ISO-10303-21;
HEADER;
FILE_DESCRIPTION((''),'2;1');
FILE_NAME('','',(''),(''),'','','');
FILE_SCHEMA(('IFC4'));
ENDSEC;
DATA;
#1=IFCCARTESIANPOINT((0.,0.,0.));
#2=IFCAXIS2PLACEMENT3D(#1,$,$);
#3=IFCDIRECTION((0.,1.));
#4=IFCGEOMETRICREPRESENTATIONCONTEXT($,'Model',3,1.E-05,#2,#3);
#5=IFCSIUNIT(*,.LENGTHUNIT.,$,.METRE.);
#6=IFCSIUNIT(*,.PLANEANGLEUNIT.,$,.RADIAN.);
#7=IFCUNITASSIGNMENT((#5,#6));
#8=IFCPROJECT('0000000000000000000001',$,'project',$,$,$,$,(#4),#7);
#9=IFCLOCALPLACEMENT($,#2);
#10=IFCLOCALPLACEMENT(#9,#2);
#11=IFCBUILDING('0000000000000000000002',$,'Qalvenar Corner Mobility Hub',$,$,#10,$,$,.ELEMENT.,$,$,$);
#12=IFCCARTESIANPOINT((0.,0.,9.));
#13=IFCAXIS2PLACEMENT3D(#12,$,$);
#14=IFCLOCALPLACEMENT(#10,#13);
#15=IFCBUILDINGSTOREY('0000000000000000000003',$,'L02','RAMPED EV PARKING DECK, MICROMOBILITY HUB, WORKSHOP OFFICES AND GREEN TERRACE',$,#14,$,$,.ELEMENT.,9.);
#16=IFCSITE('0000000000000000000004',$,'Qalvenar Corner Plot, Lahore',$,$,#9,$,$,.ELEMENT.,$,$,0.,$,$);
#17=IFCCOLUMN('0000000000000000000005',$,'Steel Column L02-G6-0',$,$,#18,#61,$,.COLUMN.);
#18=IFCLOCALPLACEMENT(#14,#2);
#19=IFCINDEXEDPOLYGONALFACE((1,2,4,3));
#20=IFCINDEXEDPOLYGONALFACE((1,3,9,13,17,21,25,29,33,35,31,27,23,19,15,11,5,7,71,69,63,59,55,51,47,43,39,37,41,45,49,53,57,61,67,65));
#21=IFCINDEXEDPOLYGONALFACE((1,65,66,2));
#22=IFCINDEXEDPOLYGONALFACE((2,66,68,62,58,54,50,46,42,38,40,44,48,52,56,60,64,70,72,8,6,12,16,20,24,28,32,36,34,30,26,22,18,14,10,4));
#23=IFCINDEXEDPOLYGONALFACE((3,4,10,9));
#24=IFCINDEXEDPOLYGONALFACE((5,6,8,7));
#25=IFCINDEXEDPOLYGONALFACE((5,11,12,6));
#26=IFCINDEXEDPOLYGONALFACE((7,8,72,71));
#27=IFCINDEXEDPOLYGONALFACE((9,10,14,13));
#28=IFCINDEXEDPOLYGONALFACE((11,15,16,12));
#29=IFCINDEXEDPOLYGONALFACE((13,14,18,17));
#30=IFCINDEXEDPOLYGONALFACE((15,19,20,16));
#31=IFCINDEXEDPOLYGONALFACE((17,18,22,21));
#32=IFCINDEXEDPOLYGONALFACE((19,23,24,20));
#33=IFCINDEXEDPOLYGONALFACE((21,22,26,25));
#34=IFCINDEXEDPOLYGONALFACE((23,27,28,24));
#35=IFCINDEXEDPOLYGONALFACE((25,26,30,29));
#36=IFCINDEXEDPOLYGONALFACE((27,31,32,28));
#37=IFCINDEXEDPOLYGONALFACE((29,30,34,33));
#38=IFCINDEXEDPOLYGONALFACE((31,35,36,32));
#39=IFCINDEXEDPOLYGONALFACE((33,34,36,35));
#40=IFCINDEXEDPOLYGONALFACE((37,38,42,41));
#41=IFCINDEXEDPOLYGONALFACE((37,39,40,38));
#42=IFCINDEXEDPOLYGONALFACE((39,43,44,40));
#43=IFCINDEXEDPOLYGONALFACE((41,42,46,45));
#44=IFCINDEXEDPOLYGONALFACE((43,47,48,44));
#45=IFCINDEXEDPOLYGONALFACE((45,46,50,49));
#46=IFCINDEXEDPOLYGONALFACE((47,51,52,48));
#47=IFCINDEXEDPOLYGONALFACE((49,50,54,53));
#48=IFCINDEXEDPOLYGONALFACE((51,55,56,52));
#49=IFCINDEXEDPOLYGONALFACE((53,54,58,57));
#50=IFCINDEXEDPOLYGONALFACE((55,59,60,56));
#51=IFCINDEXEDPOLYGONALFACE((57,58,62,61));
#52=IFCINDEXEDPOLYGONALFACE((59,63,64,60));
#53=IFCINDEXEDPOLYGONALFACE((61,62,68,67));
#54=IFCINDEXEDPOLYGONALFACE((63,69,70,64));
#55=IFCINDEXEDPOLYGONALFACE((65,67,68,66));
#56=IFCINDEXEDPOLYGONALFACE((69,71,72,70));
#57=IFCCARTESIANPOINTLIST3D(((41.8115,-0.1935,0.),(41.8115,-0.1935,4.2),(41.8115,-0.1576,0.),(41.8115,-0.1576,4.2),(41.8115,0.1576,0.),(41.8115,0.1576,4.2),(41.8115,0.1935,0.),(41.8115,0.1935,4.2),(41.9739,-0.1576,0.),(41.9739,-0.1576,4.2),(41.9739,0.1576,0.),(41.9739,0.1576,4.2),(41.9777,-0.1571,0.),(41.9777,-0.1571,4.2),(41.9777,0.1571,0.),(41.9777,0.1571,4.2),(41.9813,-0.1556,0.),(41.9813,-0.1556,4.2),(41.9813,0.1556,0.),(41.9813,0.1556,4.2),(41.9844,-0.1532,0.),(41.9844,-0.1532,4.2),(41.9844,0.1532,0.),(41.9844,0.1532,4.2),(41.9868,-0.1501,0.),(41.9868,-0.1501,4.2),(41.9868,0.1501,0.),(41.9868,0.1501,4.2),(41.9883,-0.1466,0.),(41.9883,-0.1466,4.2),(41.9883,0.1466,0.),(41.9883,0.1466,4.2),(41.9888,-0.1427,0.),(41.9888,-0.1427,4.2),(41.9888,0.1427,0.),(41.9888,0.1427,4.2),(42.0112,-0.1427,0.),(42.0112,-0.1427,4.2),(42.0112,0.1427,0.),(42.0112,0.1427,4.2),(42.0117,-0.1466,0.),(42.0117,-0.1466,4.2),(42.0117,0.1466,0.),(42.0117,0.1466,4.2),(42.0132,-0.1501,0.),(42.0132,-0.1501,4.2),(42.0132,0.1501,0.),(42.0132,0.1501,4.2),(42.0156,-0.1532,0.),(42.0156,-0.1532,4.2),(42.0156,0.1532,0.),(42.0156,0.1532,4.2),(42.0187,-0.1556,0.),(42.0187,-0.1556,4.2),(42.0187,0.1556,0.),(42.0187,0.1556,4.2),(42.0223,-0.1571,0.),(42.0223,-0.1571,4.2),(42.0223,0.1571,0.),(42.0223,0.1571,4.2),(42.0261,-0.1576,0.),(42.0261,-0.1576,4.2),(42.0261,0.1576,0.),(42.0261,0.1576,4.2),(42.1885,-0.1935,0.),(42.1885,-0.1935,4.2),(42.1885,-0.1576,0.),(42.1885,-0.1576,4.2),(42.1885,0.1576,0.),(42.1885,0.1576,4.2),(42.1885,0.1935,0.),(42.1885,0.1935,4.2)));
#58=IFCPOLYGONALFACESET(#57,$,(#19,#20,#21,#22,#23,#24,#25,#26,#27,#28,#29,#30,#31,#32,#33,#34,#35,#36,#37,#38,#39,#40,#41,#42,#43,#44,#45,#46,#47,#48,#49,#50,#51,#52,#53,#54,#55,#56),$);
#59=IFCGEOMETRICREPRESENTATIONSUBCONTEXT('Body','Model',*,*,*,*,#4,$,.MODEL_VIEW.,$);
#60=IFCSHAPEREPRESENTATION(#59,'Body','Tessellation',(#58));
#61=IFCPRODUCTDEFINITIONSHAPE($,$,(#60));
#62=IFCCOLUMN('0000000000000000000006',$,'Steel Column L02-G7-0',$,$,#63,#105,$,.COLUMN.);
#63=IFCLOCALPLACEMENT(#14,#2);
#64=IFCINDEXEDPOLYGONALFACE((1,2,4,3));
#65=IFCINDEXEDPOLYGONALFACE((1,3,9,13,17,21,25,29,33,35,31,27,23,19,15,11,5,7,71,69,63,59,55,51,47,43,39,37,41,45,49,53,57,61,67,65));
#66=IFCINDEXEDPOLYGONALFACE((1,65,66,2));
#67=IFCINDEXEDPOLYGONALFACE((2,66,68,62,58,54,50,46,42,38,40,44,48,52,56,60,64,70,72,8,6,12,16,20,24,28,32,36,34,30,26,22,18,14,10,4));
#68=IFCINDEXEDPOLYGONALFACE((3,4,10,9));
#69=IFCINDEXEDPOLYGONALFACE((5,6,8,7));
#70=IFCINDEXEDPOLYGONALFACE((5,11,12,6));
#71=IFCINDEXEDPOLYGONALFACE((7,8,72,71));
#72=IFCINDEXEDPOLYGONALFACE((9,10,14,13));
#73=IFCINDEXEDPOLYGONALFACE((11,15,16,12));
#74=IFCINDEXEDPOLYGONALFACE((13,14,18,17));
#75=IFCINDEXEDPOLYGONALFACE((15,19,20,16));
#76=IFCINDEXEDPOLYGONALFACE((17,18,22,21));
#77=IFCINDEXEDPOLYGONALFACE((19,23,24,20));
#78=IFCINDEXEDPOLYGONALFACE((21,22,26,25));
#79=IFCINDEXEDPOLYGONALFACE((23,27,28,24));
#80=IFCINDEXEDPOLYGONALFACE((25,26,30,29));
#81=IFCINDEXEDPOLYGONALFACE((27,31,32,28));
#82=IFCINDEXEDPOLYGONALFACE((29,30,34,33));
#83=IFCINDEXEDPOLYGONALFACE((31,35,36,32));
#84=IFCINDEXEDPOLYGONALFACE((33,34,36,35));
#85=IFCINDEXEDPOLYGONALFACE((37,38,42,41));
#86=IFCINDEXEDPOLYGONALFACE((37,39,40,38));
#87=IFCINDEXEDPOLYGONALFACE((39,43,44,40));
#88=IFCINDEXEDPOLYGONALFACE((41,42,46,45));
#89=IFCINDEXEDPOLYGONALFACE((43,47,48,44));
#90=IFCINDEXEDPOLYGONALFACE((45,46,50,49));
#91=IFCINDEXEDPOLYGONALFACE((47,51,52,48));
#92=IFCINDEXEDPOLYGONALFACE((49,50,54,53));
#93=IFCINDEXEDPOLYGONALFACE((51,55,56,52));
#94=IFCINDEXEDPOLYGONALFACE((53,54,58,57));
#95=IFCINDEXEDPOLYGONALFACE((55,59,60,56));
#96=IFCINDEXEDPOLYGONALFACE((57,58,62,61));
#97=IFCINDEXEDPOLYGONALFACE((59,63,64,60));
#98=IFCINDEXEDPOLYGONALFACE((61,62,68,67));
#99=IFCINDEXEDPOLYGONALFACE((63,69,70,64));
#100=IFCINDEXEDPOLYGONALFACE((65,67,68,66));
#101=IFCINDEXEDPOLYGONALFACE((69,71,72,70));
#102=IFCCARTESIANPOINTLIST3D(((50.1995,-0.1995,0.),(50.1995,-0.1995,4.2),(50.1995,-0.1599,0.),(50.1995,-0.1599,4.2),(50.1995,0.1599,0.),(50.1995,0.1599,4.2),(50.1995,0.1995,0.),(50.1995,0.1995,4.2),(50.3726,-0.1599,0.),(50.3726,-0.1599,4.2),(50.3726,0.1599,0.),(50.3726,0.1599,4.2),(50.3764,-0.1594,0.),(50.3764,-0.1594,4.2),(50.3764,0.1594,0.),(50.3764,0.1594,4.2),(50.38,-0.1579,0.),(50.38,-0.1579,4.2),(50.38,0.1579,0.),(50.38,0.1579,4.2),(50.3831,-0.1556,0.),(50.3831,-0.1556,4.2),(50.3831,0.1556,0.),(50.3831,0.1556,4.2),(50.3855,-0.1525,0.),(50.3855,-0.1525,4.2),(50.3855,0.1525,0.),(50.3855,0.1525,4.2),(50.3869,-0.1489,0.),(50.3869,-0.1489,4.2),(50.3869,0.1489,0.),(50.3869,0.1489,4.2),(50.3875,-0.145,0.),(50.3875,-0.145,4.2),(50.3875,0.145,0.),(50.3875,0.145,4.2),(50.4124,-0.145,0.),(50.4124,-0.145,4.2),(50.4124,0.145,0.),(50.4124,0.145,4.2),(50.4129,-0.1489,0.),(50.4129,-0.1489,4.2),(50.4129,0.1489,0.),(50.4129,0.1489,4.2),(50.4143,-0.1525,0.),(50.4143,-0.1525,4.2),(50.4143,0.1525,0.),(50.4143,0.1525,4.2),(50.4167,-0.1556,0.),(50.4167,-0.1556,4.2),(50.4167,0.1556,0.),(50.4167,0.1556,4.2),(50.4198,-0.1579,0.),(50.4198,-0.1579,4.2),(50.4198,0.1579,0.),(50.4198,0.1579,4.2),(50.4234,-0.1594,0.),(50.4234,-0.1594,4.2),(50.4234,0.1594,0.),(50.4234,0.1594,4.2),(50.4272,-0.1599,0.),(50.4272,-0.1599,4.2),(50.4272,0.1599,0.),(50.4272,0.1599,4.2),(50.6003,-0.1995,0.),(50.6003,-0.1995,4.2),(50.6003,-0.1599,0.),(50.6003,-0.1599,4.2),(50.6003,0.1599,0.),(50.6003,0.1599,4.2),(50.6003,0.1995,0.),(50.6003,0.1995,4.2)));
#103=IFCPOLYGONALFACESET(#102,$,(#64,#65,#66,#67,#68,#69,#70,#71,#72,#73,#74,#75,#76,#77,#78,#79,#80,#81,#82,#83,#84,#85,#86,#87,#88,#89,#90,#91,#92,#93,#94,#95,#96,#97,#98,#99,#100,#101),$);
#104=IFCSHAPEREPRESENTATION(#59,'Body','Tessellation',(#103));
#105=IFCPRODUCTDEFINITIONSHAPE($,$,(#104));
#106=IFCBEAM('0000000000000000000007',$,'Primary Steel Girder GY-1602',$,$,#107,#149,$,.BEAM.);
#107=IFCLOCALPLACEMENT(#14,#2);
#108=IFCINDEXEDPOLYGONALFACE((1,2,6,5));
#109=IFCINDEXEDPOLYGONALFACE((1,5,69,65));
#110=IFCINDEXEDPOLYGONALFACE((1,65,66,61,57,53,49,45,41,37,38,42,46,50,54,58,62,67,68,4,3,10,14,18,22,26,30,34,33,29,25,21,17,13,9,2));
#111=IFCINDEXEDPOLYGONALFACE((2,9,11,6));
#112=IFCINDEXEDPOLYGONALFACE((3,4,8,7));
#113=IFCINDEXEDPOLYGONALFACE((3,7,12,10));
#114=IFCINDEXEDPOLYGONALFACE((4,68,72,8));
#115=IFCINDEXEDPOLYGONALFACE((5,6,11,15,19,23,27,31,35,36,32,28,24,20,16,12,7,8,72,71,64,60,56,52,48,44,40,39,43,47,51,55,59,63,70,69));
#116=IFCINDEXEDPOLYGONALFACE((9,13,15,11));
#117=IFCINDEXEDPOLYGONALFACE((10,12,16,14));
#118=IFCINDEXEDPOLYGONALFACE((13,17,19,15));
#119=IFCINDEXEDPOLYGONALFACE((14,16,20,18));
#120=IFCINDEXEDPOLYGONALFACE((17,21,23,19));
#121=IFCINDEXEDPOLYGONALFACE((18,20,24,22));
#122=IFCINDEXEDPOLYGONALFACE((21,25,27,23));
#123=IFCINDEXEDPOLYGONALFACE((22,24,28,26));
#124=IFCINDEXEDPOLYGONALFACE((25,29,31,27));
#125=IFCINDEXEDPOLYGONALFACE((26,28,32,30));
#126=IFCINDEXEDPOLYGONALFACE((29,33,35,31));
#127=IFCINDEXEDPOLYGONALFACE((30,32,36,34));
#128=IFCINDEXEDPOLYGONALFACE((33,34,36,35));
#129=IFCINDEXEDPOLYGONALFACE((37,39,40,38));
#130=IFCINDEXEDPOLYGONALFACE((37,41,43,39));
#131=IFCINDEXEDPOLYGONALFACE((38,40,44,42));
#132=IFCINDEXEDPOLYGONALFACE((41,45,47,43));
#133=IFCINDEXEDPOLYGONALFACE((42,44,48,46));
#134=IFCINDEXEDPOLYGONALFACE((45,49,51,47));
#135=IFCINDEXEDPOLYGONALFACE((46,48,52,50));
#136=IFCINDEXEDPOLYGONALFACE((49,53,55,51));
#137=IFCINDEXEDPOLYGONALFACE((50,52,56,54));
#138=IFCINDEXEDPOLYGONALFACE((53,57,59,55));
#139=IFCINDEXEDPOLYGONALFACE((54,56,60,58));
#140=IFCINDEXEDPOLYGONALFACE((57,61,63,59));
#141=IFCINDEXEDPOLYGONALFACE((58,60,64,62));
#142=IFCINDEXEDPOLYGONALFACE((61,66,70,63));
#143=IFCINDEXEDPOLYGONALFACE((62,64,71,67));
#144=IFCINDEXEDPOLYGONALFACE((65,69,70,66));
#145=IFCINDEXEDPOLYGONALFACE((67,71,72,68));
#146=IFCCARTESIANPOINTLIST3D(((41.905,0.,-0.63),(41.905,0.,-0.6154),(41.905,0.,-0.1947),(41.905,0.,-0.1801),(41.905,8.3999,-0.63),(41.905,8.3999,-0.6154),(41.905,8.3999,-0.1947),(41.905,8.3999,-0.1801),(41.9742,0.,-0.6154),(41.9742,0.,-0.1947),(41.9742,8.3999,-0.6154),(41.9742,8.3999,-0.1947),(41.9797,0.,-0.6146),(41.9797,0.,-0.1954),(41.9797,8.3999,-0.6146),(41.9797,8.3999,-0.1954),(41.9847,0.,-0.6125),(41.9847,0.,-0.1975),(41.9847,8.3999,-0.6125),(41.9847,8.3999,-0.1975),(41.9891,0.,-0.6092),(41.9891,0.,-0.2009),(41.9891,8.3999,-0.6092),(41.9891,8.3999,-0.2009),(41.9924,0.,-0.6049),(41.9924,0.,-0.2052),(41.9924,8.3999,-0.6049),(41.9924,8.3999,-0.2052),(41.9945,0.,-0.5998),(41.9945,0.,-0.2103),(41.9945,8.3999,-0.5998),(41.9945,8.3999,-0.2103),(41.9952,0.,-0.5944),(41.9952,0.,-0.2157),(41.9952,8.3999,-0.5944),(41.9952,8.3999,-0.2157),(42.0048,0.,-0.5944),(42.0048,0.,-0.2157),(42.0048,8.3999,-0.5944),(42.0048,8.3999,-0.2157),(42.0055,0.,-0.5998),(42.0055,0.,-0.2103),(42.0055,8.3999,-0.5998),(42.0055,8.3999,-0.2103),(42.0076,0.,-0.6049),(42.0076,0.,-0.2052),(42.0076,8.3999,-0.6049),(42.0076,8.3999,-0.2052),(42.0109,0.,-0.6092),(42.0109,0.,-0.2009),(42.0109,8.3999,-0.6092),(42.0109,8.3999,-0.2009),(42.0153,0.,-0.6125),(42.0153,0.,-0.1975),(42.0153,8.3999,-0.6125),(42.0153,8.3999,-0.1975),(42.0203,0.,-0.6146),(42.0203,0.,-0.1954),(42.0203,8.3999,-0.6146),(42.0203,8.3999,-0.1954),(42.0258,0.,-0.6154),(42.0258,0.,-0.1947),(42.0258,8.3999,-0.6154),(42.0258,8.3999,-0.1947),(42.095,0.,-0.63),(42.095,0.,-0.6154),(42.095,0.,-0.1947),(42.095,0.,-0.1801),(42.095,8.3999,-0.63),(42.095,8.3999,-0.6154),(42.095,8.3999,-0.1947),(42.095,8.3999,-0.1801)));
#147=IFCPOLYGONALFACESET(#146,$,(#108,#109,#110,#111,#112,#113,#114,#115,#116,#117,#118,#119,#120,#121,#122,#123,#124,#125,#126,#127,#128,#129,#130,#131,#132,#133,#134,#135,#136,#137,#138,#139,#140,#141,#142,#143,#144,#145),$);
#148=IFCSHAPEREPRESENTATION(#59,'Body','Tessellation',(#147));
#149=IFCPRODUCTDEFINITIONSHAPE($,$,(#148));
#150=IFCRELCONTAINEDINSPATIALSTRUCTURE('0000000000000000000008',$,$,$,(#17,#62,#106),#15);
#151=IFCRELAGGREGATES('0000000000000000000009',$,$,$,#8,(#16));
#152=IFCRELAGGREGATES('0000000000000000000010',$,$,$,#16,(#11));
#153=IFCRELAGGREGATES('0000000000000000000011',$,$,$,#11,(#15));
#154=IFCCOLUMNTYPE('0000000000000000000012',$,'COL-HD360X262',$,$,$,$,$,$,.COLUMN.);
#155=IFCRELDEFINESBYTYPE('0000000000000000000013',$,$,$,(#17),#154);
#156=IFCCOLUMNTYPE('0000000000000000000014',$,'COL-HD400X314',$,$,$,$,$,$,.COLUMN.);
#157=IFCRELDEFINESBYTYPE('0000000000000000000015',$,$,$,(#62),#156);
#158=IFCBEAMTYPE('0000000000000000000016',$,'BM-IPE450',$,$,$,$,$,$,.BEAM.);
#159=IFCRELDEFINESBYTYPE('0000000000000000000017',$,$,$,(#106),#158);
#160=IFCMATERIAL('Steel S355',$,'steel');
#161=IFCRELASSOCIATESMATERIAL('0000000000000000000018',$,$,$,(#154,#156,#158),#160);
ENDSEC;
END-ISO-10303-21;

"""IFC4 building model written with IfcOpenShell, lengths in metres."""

from ifc_helpers import new_model, si_unit, direction, frame, origin, origin_2d, place, context, subcontext, project, spatial, i_section, extrude, material, material_profile, profile_set, type_object, element, save


model = new_model("IFC4")

# Units and contexts
model_context = context("Model", 3, precision=1e-05, world=origin(), true_north=direction((0.0, 1.0)))
body_context = subcontext(model_context, "Body", "Model", "MODEL_VIEW")
ifc_project = project(units=[si_unit("LENGTHUNIT", "METRE"), si_unit("PLANEANGLEUNIT", "RADIAN")], contexts=[model_context])

# Site, building, storey
site_placement = place(None, origin())
site = spatial("IfcSite", under=ifc_project, at=site_placement, Name="Qalvenar Corner Plot, Lahore", CompositionType="ELEMENT", RefElevation=0.0)
building_placement = place(site_placement, origin())
building = spatial("IfcBuilding", under=site, at=building_placement, Name="Qalvenar Corner Mobility Hub", CompositionType="ELEMENT")
storey_placement = place(building_placement, frame((0.0, 0.0, 9.0)))
storey = spatial("IfcBuildingStorey", under=building, at=storey_placement, Name="L02", Description="RAMPED EV PARKING DECK, MICROMOBILITY HUB, WORKSHOP OFFICES AND GREEN TERRACE", CompositionType="ELEMENT", Elevation=9.0)

# Columns
ifc_material_1 = material(Name="Steel S355", Category="steel")
ifc_material_profile_1 = material_profile(ifc_material_1, i_section(OverallWidth=0.377, OverallDepth=0.387, WebThickness=0.0225, FlangeThickness=0.0359, FilletRadius=0.0149, at=origin_2d()), Name="HD360x262")
ifc_profile_set_1 = profile_set([ifc_material_profile_1], Name="Steel S355")
column_type_1 = type_object("IfcColumnType", Name="COL-HD360X262", PredefinedType="COLUMN", material=ifc_profile_set_1)
column_1_placement = place(storey_placement, frame((42.0, 0.0, 0.0), z_axis=(0.0, 0.0, 1.0), x_axis=(1.0, 0.0, 0.0)))
element("IfcColumn", 1, at=column_1_placement, inside=storey, type_object=column_type_1, Name="Steel Column L02-G6-0", PredefinedType="COLUMN", context=body_context, shape_type="SweptSolid", body=[
    extrude(i_section(OverallWidth=0.377, OverallDepth=0.387, WebThickness=0.0225, FlangeThickness=0.0359, FilletRadius=0.0149, at=origin_2d()), origin(), (0.0, 0.0, 1.0), 4.2),
])
ifc_material_profile_2 = material_profile(ifc_material_1, i_section(OverallWidth=0.4009, OverallDepth=0.3989, WebThickness=0.0249, FlangeThickness=0.0396, FilletRadius=0.0149, at=origin_2d()), Name="HD400x314")
ifc_profile_set_2 = profile_set([ifc_material_profile_2], Name="Steel S355")
column_type_2 = type_object("IfcColumnType", Name="COL-HD400X314", PredefinedType="COLUMN", material=ifc_profile_set_2)
column_2_placement = place(storey_placement, frame((50.3999, 0.0, 0.0), z_axis=(0.0, 0.0, 1.0), x_axis=(1.0, 0.0, 0.0)))
element("IfcColumn", 2, at=column_2_placement, inside=storey, type_object=column_type_2, Name="Steel Column L02-G7-0", PredefinedType="COLUMN", context=body_context, shape_type="SweptSolid", body=[
    extrude(i_section(OverallWidth=0.4009, OverallDepth=0.3989, WebThickness=0.0249, FlangeThickness=0.0396, FilletRadius=0.0149, at=origin_2d()), origin(), (0.0, 0.0, 1.0), 4.2),
])

# Beam
ifc_material_profile_3 = material_profile(ifc_material_1, i_section(OverallWidth=0.1899, OverallDepth=0.45, WebThickness=0.0095, FlangeThickness=0.0146, FilletRadius=0.021, at=origin_2d()), Name="IPE450")
ifc_profile_set_3 = profile_set([ifc_material_profile_3], Name="Steel S355")
beam_type_1 = type_object("IfcBeamType", Name="BM-IPE450", PredefinedType="BEAM", material=ifc_profile_set_3)
beam_1_placement = place(storey_placement, frame((42.0, 0.0, -0.405), z_axis=(0.0, 1.0, 0.0), x_axis=(-1.0, 0.0, 0.0)))
element("IfcBeam", 3, at=beam_1_placement, inside=storey, type_object=beam_type_1, Name="Primary Steel Girder GY-1602", PredefinedType="BEAM", context=body_context, shape_type="SweptSolid", body=[
    extrude(i_section(OverallWidth=0.1899, OverallDepth=0.45, WebThickness=0.0095, FlangeThickness=0.0146, FilletRadius=0.021, at=origin_2d()), origin(), (0.0, 0.0, 1.0), 8.3999),
])

save(model, "model.ifc")
